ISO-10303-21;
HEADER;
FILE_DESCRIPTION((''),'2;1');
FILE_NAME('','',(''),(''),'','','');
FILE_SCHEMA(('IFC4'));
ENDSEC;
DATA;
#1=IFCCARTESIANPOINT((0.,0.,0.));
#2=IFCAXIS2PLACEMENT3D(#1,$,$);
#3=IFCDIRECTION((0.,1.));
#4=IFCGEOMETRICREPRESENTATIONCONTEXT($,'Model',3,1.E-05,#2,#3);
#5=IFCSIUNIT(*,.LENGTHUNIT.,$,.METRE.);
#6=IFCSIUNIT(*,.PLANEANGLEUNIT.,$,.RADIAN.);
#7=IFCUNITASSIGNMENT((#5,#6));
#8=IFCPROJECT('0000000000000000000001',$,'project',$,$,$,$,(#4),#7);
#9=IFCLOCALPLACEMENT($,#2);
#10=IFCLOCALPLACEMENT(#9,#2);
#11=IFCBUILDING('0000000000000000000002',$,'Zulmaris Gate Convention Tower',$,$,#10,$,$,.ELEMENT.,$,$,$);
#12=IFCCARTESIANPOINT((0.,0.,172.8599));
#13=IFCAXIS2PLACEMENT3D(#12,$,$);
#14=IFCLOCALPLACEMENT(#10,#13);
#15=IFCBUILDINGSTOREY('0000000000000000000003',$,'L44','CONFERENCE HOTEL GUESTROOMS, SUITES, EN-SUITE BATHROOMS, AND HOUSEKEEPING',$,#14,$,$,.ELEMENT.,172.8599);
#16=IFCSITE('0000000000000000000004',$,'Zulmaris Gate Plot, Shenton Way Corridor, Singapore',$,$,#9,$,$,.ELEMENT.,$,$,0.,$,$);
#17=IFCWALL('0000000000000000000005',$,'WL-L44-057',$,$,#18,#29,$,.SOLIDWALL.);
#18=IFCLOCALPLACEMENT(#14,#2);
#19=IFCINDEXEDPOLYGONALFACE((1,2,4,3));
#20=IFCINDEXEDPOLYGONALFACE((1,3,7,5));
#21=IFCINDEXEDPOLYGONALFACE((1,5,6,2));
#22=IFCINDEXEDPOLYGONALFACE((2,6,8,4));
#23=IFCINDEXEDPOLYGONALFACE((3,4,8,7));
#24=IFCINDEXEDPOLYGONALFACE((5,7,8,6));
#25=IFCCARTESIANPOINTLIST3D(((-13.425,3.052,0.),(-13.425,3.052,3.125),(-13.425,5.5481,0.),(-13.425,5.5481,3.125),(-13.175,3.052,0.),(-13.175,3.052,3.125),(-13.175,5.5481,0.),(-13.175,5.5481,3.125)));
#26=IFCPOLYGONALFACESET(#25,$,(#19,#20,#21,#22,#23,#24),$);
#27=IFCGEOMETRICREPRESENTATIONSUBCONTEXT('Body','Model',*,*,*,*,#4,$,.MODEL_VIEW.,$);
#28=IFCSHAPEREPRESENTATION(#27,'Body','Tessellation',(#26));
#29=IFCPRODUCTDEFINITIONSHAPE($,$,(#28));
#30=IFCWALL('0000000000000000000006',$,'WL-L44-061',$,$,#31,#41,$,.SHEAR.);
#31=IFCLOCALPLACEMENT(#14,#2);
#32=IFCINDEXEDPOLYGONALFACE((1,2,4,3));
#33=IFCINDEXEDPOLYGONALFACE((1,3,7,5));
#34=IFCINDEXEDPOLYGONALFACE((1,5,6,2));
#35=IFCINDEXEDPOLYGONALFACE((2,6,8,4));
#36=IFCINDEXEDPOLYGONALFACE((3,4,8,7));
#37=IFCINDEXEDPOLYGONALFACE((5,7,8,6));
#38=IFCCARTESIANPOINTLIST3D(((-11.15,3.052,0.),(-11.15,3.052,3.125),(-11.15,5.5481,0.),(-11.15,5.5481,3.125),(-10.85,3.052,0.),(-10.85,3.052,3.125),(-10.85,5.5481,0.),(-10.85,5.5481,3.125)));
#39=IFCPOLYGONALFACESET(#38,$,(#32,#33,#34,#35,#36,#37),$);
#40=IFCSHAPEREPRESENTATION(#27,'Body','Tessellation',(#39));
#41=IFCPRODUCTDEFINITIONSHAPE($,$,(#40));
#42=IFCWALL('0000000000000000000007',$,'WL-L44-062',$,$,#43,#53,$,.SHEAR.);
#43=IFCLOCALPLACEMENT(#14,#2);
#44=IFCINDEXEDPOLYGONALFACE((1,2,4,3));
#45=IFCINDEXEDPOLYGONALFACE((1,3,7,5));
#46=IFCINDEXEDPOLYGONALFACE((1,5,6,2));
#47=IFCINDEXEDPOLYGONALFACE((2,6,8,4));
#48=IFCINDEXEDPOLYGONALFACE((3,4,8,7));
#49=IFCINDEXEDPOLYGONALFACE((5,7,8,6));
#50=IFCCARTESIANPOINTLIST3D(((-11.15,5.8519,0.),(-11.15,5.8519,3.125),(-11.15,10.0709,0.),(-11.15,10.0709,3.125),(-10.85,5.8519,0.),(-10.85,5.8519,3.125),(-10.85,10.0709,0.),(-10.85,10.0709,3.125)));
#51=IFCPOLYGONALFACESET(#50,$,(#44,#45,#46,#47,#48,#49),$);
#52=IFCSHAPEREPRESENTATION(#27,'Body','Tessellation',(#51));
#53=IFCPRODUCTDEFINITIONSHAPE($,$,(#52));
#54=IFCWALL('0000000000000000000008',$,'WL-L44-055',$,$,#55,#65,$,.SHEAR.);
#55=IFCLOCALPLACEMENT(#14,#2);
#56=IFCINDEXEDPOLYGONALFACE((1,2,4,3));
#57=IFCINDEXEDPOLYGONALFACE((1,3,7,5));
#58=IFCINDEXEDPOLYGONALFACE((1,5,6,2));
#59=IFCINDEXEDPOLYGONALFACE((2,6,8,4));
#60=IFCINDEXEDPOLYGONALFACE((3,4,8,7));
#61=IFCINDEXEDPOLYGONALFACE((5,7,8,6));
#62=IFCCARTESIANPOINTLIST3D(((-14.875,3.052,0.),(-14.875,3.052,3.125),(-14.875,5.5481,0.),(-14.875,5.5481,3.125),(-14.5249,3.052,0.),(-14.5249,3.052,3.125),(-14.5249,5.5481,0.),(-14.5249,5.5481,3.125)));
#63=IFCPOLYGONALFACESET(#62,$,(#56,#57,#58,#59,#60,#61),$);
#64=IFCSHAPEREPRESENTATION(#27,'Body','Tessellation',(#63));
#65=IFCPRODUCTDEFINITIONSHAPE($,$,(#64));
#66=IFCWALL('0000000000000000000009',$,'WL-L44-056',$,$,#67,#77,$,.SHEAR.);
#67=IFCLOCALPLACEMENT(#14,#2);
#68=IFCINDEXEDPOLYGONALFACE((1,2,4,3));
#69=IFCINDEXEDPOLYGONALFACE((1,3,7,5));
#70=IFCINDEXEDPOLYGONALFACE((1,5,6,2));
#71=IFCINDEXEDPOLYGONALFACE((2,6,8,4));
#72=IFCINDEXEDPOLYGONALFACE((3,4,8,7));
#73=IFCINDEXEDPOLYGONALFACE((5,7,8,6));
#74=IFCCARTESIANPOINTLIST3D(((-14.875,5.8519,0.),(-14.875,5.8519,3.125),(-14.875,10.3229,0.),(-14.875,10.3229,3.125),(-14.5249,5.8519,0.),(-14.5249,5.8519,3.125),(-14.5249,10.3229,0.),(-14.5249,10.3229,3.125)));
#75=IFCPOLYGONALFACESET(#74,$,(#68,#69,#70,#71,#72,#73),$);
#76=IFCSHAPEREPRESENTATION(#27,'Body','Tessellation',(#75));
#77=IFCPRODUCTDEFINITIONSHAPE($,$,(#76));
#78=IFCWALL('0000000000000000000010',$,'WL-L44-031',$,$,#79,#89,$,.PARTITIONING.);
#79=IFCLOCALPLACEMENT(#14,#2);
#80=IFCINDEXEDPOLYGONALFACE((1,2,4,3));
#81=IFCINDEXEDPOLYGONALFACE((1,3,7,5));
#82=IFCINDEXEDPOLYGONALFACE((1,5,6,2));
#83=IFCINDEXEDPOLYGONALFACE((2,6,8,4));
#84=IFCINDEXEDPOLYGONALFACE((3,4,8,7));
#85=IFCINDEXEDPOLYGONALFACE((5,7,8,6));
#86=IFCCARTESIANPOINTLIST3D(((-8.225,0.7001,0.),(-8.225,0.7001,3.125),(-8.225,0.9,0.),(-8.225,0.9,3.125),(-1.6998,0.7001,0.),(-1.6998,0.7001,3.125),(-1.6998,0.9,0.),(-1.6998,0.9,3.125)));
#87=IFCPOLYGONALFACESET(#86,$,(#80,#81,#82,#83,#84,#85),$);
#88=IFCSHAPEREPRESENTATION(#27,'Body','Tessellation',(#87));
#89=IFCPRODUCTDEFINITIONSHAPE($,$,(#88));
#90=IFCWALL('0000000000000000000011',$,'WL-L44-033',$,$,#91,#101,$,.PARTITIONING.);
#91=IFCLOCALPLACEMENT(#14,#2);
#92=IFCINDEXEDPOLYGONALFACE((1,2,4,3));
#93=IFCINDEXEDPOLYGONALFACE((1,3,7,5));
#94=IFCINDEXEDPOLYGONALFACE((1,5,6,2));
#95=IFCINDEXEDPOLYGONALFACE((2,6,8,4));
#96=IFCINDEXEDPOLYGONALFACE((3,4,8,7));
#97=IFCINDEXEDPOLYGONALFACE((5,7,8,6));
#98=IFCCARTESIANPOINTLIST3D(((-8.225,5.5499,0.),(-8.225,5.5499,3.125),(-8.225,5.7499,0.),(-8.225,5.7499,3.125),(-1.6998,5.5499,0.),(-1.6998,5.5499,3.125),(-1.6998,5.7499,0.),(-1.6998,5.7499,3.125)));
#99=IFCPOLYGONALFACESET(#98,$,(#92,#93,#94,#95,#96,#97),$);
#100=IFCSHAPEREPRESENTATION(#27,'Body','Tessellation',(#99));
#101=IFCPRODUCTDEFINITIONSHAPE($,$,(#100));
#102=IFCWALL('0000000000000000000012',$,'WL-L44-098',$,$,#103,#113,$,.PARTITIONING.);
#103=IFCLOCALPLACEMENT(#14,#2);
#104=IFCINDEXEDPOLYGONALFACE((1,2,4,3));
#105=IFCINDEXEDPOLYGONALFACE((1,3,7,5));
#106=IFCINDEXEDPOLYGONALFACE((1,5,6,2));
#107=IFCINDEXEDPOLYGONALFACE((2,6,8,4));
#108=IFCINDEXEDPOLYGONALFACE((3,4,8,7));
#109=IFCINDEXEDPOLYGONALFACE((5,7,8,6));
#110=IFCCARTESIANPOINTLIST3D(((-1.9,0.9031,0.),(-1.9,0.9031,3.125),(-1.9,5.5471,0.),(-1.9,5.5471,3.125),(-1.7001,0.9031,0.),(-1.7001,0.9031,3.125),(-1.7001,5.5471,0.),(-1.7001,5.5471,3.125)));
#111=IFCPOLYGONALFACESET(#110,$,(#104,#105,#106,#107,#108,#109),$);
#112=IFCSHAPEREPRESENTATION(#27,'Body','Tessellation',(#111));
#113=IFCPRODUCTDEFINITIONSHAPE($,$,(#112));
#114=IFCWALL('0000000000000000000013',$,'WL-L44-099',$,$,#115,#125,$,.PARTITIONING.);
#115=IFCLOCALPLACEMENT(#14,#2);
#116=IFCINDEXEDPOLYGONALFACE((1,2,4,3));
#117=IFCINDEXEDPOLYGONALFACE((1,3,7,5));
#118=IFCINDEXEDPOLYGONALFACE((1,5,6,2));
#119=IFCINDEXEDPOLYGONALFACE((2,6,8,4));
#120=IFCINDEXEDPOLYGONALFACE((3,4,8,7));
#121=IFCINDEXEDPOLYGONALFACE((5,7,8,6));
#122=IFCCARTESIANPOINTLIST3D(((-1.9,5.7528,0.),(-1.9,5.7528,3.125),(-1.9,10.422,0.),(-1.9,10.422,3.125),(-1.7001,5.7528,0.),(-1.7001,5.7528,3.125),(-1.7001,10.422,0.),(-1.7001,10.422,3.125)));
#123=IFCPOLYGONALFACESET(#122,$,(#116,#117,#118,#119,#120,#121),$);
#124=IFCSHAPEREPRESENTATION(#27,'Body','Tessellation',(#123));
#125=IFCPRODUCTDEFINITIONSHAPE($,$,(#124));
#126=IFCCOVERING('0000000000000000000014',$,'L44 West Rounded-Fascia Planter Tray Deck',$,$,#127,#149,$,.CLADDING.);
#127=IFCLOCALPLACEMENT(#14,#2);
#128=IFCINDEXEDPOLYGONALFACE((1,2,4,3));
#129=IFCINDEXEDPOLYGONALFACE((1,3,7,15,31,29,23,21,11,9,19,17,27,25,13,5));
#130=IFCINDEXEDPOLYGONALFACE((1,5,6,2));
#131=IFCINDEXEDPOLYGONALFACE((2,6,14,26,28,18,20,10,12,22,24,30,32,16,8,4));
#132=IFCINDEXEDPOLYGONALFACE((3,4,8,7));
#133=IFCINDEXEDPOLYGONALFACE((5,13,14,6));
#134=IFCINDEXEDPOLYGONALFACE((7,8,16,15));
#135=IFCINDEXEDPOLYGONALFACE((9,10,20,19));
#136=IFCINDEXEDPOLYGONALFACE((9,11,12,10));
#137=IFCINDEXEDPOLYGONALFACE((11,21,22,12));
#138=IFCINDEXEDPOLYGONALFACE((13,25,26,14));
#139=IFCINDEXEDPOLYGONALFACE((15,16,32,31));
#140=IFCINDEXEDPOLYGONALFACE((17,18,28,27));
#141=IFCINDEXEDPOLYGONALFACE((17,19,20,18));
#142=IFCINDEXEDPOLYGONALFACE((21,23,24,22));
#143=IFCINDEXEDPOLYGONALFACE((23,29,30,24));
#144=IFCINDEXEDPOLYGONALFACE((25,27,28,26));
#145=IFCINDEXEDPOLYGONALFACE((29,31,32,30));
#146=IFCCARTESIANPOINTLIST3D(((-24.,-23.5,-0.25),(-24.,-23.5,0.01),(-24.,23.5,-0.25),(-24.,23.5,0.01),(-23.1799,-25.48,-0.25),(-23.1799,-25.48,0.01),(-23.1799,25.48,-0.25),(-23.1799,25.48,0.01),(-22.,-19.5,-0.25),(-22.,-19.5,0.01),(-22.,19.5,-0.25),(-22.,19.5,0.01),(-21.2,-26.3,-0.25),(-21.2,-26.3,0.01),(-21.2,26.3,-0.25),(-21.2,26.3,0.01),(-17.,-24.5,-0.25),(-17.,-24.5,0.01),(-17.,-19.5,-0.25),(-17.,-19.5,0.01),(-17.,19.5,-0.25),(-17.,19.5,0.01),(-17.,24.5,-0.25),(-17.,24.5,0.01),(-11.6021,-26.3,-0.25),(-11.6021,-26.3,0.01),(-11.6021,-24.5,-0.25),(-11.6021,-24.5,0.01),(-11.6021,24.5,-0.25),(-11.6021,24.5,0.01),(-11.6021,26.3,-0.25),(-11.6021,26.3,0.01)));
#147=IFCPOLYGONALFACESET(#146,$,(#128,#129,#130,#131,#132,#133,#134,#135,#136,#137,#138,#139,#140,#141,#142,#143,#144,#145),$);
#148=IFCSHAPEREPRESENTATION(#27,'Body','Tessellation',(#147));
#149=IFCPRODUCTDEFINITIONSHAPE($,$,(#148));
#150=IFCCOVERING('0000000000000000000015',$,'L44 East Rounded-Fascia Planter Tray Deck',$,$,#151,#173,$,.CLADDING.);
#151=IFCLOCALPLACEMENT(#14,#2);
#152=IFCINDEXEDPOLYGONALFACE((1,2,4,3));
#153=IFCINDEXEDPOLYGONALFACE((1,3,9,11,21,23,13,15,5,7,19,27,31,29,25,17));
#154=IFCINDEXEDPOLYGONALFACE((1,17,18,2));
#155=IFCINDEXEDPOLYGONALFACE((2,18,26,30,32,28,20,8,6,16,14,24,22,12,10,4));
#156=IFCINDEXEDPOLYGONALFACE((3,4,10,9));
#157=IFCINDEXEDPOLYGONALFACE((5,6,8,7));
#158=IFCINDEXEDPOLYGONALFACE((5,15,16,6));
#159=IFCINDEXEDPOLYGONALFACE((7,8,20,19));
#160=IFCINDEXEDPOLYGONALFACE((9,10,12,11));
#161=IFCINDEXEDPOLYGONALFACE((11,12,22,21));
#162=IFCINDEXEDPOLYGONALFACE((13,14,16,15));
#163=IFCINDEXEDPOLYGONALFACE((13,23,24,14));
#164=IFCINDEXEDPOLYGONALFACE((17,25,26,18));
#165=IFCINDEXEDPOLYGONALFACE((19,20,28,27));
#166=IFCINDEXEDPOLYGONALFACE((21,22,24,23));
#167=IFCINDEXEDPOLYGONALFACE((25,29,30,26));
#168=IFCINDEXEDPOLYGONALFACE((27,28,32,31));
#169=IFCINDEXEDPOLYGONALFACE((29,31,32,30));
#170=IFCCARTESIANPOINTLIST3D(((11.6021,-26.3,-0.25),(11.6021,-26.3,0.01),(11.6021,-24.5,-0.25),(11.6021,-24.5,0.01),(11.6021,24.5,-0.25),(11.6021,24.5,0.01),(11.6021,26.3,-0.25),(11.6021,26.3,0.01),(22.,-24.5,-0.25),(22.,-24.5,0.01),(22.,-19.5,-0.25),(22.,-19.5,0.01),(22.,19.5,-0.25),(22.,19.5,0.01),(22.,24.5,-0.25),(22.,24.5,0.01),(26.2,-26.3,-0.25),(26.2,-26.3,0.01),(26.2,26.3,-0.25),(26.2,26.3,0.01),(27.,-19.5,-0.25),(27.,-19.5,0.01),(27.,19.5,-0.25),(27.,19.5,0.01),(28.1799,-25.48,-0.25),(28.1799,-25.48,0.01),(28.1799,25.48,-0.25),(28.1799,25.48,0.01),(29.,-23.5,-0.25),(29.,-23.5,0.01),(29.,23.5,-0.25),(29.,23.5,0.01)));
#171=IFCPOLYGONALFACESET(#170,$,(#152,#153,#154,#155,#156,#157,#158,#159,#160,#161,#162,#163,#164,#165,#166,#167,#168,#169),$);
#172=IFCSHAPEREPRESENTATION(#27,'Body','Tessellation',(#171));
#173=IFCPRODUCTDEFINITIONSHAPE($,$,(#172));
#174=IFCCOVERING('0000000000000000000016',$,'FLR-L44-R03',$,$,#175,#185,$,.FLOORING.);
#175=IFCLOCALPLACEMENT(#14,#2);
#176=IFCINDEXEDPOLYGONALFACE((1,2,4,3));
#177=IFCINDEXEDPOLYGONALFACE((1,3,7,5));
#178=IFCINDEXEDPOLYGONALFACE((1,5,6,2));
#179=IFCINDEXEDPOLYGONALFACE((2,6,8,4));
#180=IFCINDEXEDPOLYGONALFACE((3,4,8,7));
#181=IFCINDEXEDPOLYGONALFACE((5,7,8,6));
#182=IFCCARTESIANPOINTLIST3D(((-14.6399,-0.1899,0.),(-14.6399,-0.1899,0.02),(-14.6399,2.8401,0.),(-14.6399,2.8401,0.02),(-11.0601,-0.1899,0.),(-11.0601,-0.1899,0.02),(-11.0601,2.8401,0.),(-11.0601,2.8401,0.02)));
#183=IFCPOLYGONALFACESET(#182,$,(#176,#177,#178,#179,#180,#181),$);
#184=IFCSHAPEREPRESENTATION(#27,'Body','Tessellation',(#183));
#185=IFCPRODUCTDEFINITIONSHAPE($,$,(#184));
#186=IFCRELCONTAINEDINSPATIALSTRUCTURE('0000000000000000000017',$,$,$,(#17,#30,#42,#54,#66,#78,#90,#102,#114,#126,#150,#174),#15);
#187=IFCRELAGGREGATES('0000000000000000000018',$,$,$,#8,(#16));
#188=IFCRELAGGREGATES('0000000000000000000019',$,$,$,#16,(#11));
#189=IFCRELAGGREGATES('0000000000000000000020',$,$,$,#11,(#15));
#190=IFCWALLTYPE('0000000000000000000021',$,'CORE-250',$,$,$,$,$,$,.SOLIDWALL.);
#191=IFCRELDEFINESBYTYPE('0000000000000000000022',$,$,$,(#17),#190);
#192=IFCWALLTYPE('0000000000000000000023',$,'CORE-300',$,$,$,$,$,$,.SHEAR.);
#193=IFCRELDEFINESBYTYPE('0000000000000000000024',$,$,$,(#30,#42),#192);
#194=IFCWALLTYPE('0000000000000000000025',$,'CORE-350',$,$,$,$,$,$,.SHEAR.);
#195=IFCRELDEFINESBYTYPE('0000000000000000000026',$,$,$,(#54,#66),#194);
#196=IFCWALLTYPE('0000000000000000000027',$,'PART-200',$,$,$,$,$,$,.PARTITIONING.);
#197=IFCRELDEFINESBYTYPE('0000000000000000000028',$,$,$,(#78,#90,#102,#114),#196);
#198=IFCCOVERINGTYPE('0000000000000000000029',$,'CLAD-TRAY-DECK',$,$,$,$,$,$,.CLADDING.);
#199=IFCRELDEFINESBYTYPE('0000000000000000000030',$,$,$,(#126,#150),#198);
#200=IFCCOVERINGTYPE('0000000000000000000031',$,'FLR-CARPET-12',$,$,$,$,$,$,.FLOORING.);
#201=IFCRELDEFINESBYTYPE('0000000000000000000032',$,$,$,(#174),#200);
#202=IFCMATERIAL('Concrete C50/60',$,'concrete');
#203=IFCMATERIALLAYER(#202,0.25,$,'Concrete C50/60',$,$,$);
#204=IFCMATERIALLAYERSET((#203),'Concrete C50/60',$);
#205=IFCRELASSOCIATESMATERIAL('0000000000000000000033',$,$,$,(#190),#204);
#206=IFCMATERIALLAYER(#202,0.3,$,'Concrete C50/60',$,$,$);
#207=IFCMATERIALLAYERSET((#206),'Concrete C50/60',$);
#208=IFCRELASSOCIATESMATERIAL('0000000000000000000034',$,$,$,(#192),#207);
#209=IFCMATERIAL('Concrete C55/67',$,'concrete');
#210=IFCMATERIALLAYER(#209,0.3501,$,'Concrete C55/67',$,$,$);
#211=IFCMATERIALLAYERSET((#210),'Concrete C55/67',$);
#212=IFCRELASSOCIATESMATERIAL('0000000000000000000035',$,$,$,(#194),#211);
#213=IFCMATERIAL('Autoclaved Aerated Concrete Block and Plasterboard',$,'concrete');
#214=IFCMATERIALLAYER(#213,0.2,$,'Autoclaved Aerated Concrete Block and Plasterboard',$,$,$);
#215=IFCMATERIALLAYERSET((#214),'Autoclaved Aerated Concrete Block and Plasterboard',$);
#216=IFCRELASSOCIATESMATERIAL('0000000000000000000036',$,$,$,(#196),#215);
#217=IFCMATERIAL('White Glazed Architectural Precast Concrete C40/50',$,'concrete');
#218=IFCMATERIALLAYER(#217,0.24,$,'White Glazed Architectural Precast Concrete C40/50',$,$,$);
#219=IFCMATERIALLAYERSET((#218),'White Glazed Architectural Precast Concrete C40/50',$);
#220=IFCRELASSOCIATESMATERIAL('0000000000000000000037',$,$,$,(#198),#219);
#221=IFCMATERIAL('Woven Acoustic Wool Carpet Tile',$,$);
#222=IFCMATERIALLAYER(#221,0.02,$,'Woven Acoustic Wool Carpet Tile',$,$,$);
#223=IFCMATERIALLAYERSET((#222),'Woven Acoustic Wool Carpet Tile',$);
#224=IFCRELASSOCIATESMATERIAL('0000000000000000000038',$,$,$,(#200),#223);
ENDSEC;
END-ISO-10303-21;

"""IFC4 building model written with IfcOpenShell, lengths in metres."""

from ifc_helpers import new_model, si_unit, direction, frame, frame_2d, origin, place, context, subcontext, project, spatial, polyline, rectangle, outline, extrude, material, layer, layer_set, type_object, element, save


model = new_model("IFC4")

# Units and contexts
model_context = context("Model", 3, precision=1e-05, world=origin(), true_north=direction((0.0, 1.0)))
body_context = subcontext(model_context, "Body", "Model", "MODEL_VIEW")
ifc_project = project(units=[si_unit("LENGTHUNIT", "METRE"), si_unit("PLANEANGLEUNIT", "RADIAN")], contexts=[model_context])

# Site, building, storey
site_placement = place(None, origin())
site = spatial("IfcSite", under=ifc_project, at=site_placement, Name="Zulmaris Gate Plot, Shenton Way Corridor, Singapore", CompositionType="ELEMENT", RefElevation=0.0)
building_placement = place(site_placement, origin())
building = spatial("IfcBuilding", under=site, at=building_placement, Name="Zulmaris Gate Convention Tower", CompositionType="ELEMENT")
storey_placement = place(building_placement, frame((0.0, 0.0, 172.8599)))
storey = spatial("IfcBuildingStorey", under=building, at=storey_placement, Name="L44", Description="CONFERENCE HOTEL GUESTROOMS, SUITES, EN-SUITE BATHROOMS, AND HOUSEKEEPING", CompositionType="ELEMENT", Elevation=172.8599)

# Shared definitions
ifc_material_1 = material(Name="Concrete C50/60", Category="concrete")

# Wall
ifc_layer_1 = layer(ifc_material_1, 0.25, Name="Concrete C50/60")
ifc_layer_set_1 = layer_set([ifc_layer_1], Name="Concrete C50/60")
wall_type_1 = type_object("IfcWallType", Name="CORE-250", PredefinedType="SOLIDWALL", material=ifc_layer_set_1)
wall_1_placement = place(storey_placement, frame((-13.3, 3.052, 0.0), z_axis=(0.0, 0.0, 1.0), x_axis=(0.0, 1.0, 0.0)))
element("IfcWall", 1, at=wall_1_placement, inside=storey, type_object=wall_type_1, Name="WL-L44-057", PredefinedType="SOLIDWALL", context=body_context, shape_type="SweptSolid", body=[
    extrude(rectangle(XDim=2.4961, YDim=0.25, at=frame_2d((1.248, 0.0))), origin(), (0.0, 0.0, 1.0), 3.125),
])

# Shared definitions
ifc_layer_2 = layer(ifc_material_1, 0.3, Name="Concrete C50/60")
ifc_layer_set_2 = layer_set([ifc_layer_2], Name="Concrete C50/60")
wall_type_2 = type_object("IfcWallType", Name="CORE-300", PredefinedType="SHEAR", material=ifc_layer_set_2)

# Walls
wall_2_placement = place(storey_placement, frame((-11.0, 3.052, 0.0), z_axis=(0.0, 0.0, 1.0), x_axis=(0.0, 1.0, 0.0)))
element("IfcWall", 2, at=wall_2_placement, inside=storey, type_object=wall_type_2, Name="WL-L44-061", PredefinedType="SHEAR", context=body_context, shape_type="SweptSolid", body=[
    extrude(rectangle(XDim=2.4961, YDim=0.3, at=frame_2d((1.248, 0.0))), origin(), (0.0, 0.0, 1.0), 3.125),
])
wall_3_placement = place(storey_placement, frame((-11.0, 5.8521, 0.0), z_axis=(0.0, 0.0, 1.0), x_axis=(0.0, 1.0, 0.0)))
element("IfcWall", 3, at=wall_3_placement, inside=storey, type_object=wall_type_2, Name="WL-L44-062", PredefinedType="SHEAR", context=body_context, shape_type="SweptSolid", body=[
    extrude(rectangle(XDim=4.219, YDim=0.3, at=frame_2d((2.1094, 0.0))), origin(), (0.0, 0.0, 1.0), 3.125),
])
ifc_material_2 = material(Name="Concrete C55/67", Category="concrete")
ifc_layer_3 = layer(ifc_material_2, 0.3501, Name="Concrete C55/67")
ifc_layer_set_3 = layer_set([ifc_layer_3], Name="Concrete C55/67")
wall_type_3 = type_object("IfcWallType", Name="CORE-350", PredefinedType="SHEAR", material=ifc_layer_set_3)
wall_4_placement = place(storey_placement, frame((-14.7, 3.052, 0.0), z_axis=(0.0, 0.0, 1.0), x_axis=(0.0, 1.0, 0.0)))
element("IfcWall", 4, at=wall_4_placement, inside=storey, type_object=wall_type_3, Name="WL-L44-055", PredefinedType="SHEAR", context=body_context, shape_type="SweptSolid", body=[
    extrude(rectangle(XDim=2.4961, YDim=0.3501, at=frame_2d((1.248, 0.0))), origin(), (0.0, 0.0, 1.0), 3.125),
])
wall_5_placement = place(storey_placement, frame((-14.7, 5.8521, 0.0), z_axis=(0.0, 0.0, 1.0), x_axis=(0.0, 1.0, 0.0)))
element("IfcWall", 5, at=wall_5_placement, inside=storey, type_object=wall_type_3, Name="WL-L44-056", PredefinedType="SHEAR", context=body_context, shape_type="SweptSolid", body=[
    extrude(rectangle(XDim=4.4709, YDim=0.3501, at=frame_2d((2.2354, 0.0))), origin(), (0.0, 0.0, 1.0), 3.125),
])

# Walls
ifc_material_3 = material(Name="Autoclaved Aerated Concrete Block and Plasterboard", Category="concrete")
ifc_layer_4 = layer(ifc_material_3, 0.2, Name="Autoclaved Aerated Concrete Block and Plasterboard")
ifc_layer_set_4 = layer_set([ifc_layer_4], Name="Autoclaved Aerated Concrete Block and Plasterboard")
wall_type_4 = type_object("IfcWallType", Name="PART-200", PredefinedType="PARTITIONING", material=ifc_layer_set_4)
for number, where, z_axis, x_axis, name in (
    (6, (-8.2251, 0.8, 0.0), (0.0, 0.0, 1.0), (1.0, 0.0, 0.0), "WL-L44-031"),
    (7, (-8.2251, 5.6499, 0.0), (0.0, 0.0, 1.0), (1.0, 0.0, 0.0), "WL-L44-033"),
):
    element("IfcWall", number, at=place(storey_placement, frame(where, z_axis=z_axis, x_axis=x_axis)), inside=storey, type_object=wall_type_4, Name=name, PredefinedType="PARTITIONING", context=body_context, shape_type="SweptSolid", body=[
        extrude(rectangle(XDim=6.5251, YDim=0.2, at=frame_2d((3.2627, 0.0))), origin(), (0.0, 0.0, 1.0), 3.125),
    ])
wall_6_placement = place(storey_placement, frame((-1.8, 0.9031, 0.0), z_axis=(0.0, 0.0, 1.0), x_axis=(0.0, 1.0, 0.0)))
element("IfcWall", 8, at=wall_6_placement, inside=storey, type_object=wall_type_4, Name="WL-L44-098", PredefinedType="PARTITIONING", context=body_context, shape_type="SweptSolid", body=[
    extrude(rectangle(XDim=4.644, YDim=0.2, at=frame_2d((2.322, 0.0))), origin(), (0.0, 0.0, 1.0), 3.125),
])
wall_7_placement = place(storey_placement, frame((-1.8, 5.7529, 0.0), z_axis=(0.0, 0.0, 1.0), x_axis=(0.0, 1.0, 0.0)))
element("IfcWall", 9, at=wall_7_placement, inside=storey, type_object=wall_type_4, Name="WL-L44-099", PredefinedType="PARTITIONING", context=body_context, shape_type="SweptSolid", body=[
    extrude(rectangle(XDim=4.6692, YDim=0.2, at=frame_2d((2.3345, 0.0))), origin(), (0.0, 0.0, 1.0), 3.125),
])

# Coverings
ifc_material_4 = material(Name="White Glazed Architectural Precast Concrete C40/50", Category="concrete")
ifc_layer_5 = layer(ifc_material_4, 0.24, Name="White Glazed Architectural Precast Concrete C40/50")
ifc_layer_set_5 = layer_set([ifc_layer_5], Name="White Glazed Architectural Precast Concrete C40/50")
covering_type_1 = type_object("IfcCoveringType", Name="CLAD-TRAY-DECK", PredefinedType="CLADDING", material=ifc_layer_set_5)
covering_1_placement = place(storey_placement, frame((0.0, 0.0, -0.25)))
element("IfcCovering", 10, at=covering_1_placement, inside=storey, type_object=covering_type_1, Name="L44 West Rounded-Fascia Planter Tray Deck", PredefinedType="CLADDING", context=body_context, shape_type="SweptSolid", body=[
    extrude(outline(polyline([(-24.0, 23.5), (-23.1799, 25.48), (-21.2, 26.3), (-11.6021, 26.3), (-11.6021, 24.5), (-17.0, 24.5), (-17.0, 19.5), (-22.0, 19.5), (-22.0, -19.5), (-17.0, -19.5), (-17.0, -24.5), (-11.6021, -24.5), (-11.6021, -26.3), (-21.2, -26.3), (-23.1799, -25.48), (-24.0, -23.5), (-24.0, 23.5)])), origin(), (0.0, 0.0, 1.0), 0.26),
])
covering_2_placement = place(storey_placement, frame((0.0, 0.0, -0.25)))
element("IfcCovering", 11, at=covering_2_placement, inside=storey, type_object=covering_type_1, Name="L44 East Rounded-Fascia Planter Tray Deck", PredefinedType="CLADDING", context=body_context, shape_type="SweptSolid", body=[
    extrude(outline(polyline([(26.2, 26.3), (28.1799, 25.48), (29.0, 23.5), (29.0, -23.5), (28.1799, -25.48), (26.2, -26.3), (11.6021, -26.3), (11.6021, -24.5), (22.0, -24.5), (22.0, -19.5), (27.0, -19.5), (27.0, 19.5), (22.0, 19.5), (22.0, 24.5), (11.6021, 24.5), (11.6021, 26.3), (26.2, 26.3)])), origin(), (0.0, 0.0, 1.0), 0.26),
])
ifc_material_5 = material(Name="Woven Acoustic Wool Carpet Tile")
ifc_layer_6 = layer(ifc_material_5, 0.02, Name="Woven Acoustic Wool Carpet Tile")
ifc_layer_set_6 = layer_set([ifc_layer_6], Name="Woven Acoustic Wool Carpet Tile")
covering_type_2 = type_object("IfcCoveringType", Name="FLR-CARPET-12", PredefinedType="FLOORING", material=ifc_layer_set_6)
covering_3_placement = place(storey_placement, origin())
element("IfcCovering", 12, at=covering_3_placement, inside=storey, type_object=covering_type_2, Name="FLR-L44-R03", PredefinedType="FLOORING", context=body_context, shape_type="SweptSolid", body=[
    extrude(outline(polyline([(-14.6399, -0.1899), (-11.0601, -0.1899), (-11.0601, 2.8401), (-14.6399, 2.8401), (-14.6399, -0.1899)])), origin(), (0.0, 0.0, 1.0), 0.02),
])

save(model, "model.ifc")
